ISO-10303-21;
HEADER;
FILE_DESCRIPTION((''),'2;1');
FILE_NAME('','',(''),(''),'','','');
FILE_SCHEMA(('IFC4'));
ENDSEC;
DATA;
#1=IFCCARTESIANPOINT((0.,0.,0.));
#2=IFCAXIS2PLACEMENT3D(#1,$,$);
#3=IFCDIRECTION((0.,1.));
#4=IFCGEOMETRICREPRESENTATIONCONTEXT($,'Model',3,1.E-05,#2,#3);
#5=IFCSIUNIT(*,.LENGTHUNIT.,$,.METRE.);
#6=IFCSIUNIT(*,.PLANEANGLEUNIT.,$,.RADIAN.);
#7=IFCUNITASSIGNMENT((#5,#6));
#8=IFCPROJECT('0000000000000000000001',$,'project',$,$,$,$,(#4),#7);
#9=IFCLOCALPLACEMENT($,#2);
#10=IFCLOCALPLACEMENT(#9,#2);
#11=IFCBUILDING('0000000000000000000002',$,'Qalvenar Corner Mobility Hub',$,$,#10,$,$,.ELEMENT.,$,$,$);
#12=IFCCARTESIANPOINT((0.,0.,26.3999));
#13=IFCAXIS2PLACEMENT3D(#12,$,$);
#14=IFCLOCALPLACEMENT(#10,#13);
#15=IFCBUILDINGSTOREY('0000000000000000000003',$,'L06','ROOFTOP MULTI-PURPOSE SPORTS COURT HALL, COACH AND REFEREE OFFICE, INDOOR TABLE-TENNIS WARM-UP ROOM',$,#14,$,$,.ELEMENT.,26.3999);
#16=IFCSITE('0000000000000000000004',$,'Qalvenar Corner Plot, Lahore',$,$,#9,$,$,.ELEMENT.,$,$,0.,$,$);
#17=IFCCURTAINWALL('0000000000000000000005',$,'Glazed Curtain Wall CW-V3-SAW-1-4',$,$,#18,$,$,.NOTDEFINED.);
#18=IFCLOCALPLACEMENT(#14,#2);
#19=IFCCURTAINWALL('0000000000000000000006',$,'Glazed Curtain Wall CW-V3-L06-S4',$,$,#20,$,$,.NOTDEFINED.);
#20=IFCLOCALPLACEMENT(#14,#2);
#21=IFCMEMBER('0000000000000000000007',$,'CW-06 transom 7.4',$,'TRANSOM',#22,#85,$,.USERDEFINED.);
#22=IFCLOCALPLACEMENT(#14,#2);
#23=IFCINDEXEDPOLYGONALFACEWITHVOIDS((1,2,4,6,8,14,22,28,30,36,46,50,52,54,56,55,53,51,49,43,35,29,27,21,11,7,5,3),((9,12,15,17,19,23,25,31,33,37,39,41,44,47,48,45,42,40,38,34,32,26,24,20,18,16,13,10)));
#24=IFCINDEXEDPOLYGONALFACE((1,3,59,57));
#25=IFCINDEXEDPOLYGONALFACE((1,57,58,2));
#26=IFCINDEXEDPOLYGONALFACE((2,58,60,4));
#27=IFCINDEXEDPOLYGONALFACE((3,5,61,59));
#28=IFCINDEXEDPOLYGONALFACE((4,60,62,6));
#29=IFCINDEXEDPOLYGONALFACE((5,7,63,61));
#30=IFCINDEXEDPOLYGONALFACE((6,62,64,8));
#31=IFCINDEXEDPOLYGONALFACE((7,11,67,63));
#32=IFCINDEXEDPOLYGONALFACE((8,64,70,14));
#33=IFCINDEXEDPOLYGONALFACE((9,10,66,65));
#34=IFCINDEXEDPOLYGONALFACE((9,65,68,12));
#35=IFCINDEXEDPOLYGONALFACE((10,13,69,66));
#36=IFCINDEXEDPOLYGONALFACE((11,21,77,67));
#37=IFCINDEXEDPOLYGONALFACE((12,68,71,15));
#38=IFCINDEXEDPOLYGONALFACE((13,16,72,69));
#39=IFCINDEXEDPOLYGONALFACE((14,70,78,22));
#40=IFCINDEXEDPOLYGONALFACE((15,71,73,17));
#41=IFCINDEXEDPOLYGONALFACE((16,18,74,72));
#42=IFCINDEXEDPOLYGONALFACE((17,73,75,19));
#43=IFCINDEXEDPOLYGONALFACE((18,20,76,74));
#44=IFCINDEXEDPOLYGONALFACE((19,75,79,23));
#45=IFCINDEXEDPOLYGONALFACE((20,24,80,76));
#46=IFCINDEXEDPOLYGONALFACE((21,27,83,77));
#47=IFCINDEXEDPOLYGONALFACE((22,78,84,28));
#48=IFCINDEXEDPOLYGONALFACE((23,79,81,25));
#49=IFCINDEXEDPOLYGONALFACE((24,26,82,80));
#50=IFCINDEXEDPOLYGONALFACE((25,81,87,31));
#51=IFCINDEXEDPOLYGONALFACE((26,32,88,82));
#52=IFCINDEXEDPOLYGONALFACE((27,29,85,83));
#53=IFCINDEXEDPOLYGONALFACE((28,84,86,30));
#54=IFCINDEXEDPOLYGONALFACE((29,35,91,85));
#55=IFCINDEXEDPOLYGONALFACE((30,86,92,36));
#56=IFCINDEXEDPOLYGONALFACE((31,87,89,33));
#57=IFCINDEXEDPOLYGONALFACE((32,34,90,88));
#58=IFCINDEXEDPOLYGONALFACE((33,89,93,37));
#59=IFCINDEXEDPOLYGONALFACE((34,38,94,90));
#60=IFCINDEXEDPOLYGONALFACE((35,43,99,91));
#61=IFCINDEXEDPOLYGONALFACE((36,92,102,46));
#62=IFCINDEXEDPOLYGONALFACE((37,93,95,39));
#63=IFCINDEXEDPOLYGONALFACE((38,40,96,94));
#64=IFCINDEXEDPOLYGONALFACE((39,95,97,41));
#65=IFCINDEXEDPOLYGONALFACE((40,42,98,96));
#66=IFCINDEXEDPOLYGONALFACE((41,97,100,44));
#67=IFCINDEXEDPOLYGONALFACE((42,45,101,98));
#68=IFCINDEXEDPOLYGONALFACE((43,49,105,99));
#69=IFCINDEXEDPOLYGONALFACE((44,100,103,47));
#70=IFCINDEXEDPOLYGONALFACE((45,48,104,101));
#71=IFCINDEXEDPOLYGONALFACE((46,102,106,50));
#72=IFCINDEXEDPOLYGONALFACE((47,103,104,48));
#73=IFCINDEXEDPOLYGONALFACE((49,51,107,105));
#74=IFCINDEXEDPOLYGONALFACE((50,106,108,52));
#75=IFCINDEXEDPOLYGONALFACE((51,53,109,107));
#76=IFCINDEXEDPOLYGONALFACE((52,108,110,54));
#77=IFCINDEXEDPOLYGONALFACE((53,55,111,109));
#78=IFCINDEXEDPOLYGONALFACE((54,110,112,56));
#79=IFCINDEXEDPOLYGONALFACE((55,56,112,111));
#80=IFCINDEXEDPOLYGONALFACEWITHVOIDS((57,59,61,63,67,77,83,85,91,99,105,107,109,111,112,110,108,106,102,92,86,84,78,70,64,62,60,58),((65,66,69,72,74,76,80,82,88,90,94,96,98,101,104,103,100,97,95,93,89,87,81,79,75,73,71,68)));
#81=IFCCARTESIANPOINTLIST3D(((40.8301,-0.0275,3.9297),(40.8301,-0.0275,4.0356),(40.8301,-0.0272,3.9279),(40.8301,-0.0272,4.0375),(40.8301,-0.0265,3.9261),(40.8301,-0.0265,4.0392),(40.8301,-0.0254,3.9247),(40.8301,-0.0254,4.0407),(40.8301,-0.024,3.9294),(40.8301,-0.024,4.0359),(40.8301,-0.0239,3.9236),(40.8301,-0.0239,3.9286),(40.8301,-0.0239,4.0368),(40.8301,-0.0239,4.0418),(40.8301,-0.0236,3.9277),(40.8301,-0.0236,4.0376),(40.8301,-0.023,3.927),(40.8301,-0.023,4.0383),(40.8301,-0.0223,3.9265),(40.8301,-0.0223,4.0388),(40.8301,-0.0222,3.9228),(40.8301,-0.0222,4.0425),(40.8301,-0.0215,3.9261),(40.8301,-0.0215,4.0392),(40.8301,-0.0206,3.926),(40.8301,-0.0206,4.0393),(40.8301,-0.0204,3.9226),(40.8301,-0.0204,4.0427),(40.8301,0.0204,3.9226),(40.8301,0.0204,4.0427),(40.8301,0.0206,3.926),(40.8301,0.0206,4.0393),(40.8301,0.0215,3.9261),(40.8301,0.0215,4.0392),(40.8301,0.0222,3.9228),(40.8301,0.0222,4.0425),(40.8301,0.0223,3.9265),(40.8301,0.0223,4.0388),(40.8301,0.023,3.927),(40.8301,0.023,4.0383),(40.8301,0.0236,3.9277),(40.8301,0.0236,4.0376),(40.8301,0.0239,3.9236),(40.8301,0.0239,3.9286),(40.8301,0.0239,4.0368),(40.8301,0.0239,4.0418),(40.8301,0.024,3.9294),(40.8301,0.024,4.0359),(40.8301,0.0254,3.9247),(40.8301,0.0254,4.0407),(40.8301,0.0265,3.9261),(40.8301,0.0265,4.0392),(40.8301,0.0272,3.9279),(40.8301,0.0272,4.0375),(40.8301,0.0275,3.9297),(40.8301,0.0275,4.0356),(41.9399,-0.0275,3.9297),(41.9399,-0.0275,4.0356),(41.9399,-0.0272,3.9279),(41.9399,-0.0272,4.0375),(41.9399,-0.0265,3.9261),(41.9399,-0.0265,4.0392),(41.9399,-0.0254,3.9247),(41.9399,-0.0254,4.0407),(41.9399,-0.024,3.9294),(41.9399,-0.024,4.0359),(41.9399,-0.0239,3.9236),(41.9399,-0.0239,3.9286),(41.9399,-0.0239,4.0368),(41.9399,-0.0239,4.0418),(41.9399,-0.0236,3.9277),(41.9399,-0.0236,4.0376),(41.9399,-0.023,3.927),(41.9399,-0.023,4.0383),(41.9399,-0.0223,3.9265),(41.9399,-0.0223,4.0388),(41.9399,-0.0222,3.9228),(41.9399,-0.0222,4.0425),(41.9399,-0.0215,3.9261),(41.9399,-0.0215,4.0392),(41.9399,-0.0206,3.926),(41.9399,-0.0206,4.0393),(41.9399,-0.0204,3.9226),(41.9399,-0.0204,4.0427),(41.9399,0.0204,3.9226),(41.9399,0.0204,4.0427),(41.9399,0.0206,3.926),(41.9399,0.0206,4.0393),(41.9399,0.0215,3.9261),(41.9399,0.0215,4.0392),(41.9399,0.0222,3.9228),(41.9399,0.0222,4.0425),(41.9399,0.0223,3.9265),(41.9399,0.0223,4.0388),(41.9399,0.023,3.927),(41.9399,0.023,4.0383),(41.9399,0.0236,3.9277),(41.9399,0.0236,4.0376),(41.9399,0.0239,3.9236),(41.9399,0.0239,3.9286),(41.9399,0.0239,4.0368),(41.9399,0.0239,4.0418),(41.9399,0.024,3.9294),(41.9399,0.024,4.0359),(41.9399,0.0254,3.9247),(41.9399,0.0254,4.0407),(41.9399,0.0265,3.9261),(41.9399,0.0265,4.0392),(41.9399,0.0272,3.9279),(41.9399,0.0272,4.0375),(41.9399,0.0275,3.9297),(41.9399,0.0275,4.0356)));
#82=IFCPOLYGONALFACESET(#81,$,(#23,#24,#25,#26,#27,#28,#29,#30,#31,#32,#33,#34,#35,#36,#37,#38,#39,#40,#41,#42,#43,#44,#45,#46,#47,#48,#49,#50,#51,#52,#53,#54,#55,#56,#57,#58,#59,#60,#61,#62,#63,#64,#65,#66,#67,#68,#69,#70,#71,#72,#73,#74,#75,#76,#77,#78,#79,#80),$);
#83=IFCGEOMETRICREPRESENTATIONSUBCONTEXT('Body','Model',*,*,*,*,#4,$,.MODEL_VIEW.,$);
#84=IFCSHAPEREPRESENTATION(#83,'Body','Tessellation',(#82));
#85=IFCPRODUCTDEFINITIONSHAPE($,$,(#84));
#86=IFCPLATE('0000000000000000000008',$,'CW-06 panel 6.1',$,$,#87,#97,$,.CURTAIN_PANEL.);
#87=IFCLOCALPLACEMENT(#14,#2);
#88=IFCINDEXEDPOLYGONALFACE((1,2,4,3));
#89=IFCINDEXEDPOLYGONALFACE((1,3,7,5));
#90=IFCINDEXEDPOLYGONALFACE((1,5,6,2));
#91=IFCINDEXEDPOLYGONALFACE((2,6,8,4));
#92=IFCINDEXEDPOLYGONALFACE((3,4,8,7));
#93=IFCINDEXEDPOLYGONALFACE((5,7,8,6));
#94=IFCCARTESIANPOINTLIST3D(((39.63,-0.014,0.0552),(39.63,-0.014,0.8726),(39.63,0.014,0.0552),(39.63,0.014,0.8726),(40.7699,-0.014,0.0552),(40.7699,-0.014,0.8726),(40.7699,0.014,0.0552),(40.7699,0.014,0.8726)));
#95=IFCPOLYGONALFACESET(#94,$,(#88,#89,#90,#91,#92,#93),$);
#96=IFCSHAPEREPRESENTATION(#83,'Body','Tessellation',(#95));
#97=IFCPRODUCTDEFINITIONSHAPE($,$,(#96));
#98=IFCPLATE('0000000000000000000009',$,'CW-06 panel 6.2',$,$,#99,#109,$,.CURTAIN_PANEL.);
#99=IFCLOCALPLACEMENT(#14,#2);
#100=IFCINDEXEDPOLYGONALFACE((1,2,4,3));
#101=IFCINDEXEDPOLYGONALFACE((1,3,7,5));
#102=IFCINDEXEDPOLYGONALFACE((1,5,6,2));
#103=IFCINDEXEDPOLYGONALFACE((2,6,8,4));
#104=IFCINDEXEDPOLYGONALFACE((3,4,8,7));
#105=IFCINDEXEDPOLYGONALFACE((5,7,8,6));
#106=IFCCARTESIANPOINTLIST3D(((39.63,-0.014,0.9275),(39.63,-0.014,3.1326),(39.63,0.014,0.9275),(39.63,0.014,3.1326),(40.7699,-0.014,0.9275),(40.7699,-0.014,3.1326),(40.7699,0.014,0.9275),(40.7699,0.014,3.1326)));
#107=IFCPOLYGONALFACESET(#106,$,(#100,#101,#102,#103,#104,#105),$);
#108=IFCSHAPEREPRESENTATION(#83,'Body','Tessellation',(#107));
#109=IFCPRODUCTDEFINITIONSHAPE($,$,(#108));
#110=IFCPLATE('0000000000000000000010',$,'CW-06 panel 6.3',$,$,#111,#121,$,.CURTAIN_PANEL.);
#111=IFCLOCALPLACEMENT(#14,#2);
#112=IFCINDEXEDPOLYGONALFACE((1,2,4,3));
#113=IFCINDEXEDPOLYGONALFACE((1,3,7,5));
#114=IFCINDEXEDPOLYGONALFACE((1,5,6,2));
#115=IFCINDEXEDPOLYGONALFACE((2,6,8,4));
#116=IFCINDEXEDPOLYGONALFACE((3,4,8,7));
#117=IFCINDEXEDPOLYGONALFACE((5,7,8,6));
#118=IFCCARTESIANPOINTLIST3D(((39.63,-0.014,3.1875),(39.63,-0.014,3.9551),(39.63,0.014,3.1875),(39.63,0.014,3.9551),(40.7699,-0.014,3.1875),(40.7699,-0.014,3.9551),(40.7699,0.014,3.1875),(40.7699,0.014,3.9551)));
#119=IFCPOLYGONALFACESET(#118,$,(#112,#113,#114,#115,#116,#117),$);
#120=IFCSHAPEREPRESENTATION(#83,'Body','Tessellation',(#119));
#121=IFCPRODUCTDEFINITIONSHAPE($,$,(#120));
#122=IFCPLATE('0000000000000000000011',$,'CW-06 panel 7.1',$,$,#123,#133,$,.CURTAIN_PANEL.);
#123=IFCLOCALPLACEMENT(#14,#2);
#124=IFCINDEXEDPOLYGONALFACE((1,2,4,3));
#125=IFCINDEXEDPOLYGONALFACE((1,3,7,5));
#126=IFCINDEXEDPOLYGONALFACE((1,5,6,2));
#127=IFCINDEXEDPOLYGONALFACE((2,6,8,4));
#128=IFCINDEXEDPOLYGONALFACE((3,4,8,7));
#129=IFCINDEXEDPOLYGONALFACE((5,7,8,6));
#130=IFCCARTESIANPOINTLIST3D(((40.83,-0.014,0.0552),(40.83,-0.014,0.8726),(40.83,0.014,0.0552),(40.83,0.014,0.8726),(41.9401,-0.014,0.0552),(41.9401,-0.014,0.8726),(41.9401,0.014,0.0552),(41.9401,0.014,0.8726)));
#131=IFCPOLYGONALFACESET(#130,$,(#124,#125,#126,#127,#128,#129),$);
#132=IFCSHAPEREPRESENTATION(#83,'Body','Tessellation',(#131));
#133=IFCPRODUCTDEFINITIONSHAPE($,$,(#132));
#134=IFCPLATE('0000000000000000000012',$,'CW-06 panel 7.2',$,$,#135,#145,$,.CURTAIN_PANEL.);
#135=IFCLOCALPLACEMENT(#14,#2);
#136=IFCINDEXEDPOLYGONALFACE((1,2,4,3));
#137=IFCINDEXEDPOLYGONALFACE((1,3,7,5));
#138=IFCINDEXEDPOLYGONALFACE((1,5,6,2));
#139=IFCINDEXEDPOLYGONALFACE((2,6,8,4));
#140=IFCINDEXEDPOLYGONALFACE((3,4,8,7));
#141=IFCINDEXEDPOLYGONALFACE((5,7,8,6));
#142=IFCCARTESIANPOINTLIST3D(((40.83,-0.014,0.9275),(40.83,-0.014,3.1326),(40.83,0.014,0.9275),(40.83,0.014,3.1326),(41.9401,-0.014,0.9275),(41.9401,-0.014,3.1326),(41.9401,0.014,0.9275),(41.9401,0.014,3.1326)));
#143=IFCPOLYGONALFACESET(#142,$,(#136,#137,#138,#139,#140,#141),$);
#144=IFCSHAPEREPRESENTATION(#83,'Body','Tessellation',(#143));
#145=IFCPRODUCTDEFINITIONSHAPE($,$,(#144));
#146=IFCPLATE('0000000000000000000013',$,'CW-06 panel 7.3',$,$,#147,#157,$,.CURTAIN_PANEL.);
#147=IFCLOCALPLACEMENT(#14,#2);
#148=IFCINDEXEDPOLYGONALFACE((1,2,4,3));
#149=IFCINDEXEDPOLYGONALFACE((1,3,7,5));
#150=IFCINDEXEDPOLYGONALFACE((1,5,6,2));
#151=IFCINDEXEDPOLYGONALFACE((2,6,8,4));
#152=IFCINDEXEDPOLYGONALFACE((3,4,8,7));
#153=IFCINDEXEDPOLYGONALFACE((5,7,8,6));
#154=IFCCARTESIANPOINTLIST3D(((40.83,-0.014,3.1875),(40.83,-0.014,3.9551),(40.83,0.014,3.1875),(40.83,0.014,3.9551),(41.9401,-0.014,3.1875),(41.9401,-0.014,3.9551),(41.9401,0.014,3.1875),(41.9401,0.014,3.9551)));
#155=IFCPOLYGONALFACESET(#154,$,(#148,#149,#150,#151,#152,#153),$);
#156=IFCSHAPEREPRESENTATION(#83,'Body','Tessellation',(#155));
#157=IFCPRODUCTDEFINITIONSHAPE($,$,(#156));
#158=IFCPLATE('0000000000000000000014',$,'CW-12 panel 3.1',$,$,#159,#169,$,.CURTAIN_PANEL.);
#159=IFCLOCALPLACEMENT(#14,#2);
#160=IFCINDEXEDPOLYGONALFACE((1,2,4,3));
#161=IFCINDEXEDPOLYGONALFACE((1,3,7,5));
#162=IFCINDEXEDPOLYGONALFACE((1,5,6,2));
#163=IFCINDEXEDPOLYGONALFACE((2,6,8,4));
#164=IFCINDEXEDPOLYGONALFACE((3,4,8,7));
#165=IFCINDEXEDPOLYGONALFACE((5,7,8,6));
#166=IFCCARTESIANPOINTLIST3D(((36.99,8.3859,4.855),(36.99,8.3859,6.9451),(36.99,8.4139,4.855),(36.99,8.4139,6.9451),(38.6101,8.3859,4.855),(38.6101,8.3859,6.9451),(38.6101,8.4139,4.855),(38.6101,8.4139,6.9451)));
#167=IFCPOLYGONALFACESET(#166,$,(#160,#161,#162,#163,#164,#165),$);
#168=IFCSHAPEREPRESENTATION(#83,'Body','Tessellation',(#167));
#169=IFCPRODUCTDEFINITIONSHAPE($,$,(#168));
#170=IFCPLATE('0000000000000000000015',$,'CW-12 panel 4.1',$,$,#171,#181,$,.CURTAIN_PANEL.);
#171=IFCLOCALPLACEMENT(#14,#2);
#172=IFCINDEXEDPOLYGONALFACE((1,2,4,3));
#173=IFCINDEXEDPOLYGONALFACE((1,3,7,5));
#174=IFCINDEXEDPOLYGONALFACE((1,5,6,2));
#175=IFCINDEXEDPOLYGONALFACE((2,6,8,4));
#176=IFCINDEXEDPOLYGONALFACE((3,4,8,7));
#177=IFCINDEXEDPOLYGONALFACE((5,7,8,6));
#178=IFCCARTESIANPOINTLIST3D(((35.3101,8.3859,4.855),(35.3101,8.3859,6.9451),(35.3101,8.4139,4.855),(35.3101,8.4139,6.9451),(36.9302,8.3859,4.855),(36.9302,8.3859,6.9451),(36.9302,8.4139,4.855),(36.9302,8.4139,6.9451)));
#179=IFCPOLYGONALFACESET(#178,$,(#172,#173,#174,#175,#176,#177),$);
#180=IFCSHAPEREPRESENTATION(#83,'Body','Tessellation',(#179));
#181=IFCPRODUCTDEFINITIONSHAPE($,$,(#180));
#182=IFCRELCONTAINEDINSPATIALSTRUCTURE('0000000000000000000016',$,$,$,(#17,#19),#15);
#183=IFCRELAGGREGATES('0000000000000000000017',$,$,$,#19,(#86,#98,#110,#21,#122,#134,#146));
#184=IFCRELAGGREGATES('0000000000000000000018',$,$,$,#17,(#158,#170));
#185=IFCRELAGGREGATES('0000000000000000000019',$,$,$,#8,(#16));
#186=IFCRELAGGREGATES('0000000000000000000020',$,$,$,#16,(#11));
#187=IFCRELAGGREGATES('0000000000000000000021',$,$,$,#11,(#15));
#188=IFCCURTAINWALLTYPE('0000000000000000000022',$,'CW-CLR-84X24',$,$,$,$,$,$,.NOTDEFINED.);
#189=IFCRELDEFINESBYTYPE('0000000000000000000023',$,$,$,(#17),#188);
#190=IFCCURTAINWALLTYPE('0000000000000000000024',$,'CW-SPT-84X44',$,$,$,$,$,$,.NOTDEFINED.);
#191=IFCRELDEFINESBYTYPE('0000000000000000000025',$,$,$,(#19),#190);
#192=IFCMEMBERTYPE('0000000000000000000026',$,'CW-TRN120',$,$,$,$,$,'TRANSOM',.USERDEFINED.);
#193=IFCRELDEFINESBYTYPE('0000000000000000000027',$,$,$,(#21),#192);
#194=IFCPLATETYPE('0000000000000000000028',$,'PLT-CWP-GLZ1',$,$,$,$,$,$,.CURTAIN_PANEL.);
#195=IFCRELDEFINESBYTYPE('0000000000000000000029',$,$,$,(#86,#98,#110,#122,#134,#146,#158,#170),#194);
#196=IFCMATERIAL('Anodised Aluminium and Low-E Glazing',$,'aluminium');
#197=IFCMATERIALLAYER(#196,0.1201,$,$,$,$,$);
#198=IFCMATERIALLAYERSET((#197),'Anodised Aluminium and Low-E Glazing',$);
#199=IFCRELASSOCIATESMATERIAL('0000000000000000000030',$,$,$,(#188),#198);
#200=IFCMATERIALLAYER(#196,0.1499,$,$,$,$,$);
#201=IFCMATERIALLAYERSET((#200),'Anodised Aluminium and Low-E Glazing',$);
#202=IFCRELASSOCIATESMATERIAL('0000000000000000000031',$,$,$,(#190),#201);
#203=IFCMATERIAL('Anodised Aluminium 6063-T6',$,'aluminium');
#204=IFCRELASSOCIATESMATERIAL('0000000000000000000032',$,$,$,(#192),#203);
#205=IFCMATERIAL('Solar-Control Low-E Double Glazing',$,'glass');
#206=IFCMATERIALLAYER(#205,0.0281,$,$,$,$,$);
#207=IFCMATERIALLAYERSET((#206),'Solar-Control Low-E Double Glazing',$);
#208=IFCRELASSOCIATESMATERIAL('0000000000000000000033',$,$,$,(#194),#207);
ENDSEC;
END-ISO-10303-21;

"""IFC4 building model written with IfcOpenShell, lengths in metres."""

from ifc_helpers import new_model, si_unit, direction, frame, origin, origin_2d, place, context, subcontext, project, spatial, rectangle, hollow_rectangle, extrude, material, layer, layer_set, material_profile, profile_set, type_object, element, aggregate, save


model = new_model("IFC4")

# Units and contexts
model_context = context("Model", 3, precision=1e-05, world=origin(), true_north=direction((0.0, 1.0)))
body_context = subcontext(model_context, "Body", "Model", "MODEL_VIEW")
ifc_project = project(units=[si_unit("LENGTHUNIT", "METRE"), si_unit("PLANEANGLEUNIT", "RADIAN")], contexts=[model_context])

# Site, building, storey
site_placement = place(None, origin())
site = spatial("IfcSite", under=ifc_project, at=site_placement, Name="Qalvenar Corner Plot, Lahore", CompositionType="ELEMENT", RefElevation=0.0)
building_placement = place(site_placement, origin())
building = spatial("IfcBuilding", under=site, at=building_placement, Name="Qalvenar Corner Mobility Hub", CompositionType="ELEMENT")
storey_placement = place(building_placement, frame((0.0, 0.0, 26.3999)))
storey = spatial("IfcBuildingStorey", under=building, at=storey_placement, Name="L06", Description="ROOFTOP MULTI-PURPOSE SPORTS COURT HALL, COACH AND REFEREE OFFICE, INDOOR TABLE-TENNIS WARM-UP ROOM", CompositionType="ELEMENT", Elevation=26.3999)

# Curtain walls
ifc_material_1 = material(Name="Anodised Aluminium and Low-E Glazing", Category="aluminium")
ifc_layer_1 = layer(ifc_material_1, 0.1201)
ifc_layer_set_1 = layer_set([ifc_layer_1], Name="Anodised Aluminium and Low-E Glazing")
curtain_wall_type_1 = type_object("IfcCurtainWallType", Name="CW-CLR-84X24", PredefinedType="NOTDEFINED", material=ifc_layer_set_1)
curtain_wall_1_placement = place(storey_placement, origin())
curtain_wall_1 = element("IfcCurtainWall", 1, at=curtain_wall_1_placement, inside=storey, type_object=curtain_wall_type_1, Name="Glazed Curtain Wall CW-V3-SAW-1-4", PredefinedType="NOTDEFINED")
ifc_material_2 = material(Name="Anodised Aluminium 6063-T6", Category="aluminium")
ifc_layer_2 = layer(ifc_material_1, 0.1499)
ifc_layer_set_2 = layer_set([ifc_layer_2], Name="Anodised Aluminium and Low-E Glazing")
curtain_wall_type_2 = type_object("IfcCurtainWallType", Name="CW-SPT-84X44", PredefinedType="NOTDEFINED", material=ifc_layer_set_2)
curtain_wall_2_placement = place(storey_placement, origin())
curtain_wall_2 = element("IfcCurtainWall", 2, at=curtain_wall_2_placement, inside=storey, type_object=curtain_wall_type_2, Name="Glazed Curtain Wall CW-V3-L06-S4", PredefinedType="NOTDEFINED")

# Member
ifc_material_profile_1 = material_profile(ifc_material_2, hollow_rectangle(XDim=0.0549, YDim=0.1201, WallThickness=0.0034, InnerFilletRadius=0.0034, OuterFilletRadius=0.0071, at=origin_2d()), Name="RHS120x55x3.5")
ifc_profile_set_1 = profile_set([ifc_material_profile_1], Name="Anodised Aluminium 6063-T6")
member_type_1 = type_object("IfcMemberType", Name="CW-TRN120", ElementType="TRANSOM", PredefinedType="USERDEFINED", material=ifc_profile_set_1)
member_1_placement = place(storey_placement, frame((40.8301, 0.0, 3.9827), z_axis=(1.0, 0.0, 0.0), x_axis=(0.0, 1.0, 0.0)))
member_1 = element("IfcMember", 3, at=member_1_placement, type_object=member_type_1, Name="CW-06 transom 7.4", ObjectType="TRANSOM", PredefinedType="USERDEFINED", context=body_context, shape_type="SweptSolid", body=[
    extrude(hollow_rectangle(XDim=0.0549, YDim=0.1201, WallThickness=0.0034, InnerFilletRadius=0.0034, OuterFilletRadius=0.0071, at=origin_2d()), origin(), (0.0, 0.0, 1.0), 1.1099),
])

# Plates
ifc_material_3 = material(Name="Solar-Control Low-E Double Glazing", Category="glass")
ifc_layer_3 = layer(ifc_material_3, 0.0281)
ifc_layer_set_3 = layer_set([ifc_layer_3], Name="Solar-Control Low-E Double Glazing")
plate_type = type_object("IfcPlateType", Name="PLT-CWP-GLZ1", PredefinedType="CURTAIN_PANEL", material=ifc_layer_set_3)
plate_1_placement = place(storey_placement, frame((40.2, 0.0, 0.0552), z_axis=(0.0, 0.0, 1.0), x_axis=(1.0, 0.0, 0.0)))
plate_1 = element("IfcPlate", 4, at=plate_1_placement, type_object=plate_type, Name="CW-06 panel 6.1", PredefinedType="CURTAIN_PANEL", context=body_context, shape_type="SweptSolid", body=[
    extrude(rectangle(XDim=1.1399, YDim=0.0281, at=origin_2d()), origin(), (0.0, 0.0, 1.0), 0.8174),
])
plate_2_placement = place(storey_placement, frame((40.2, 0.0, 0.9275), z_axis=(0.0, 0.0, 1.0), x_axis=(1.0, 0.0, 0.0)))
plate_2 = element("IfcPlate", 5, at=plate_2_placement, type_object=plate_type, Name="CW-06 panel 6.2", PredefinedType="CURTAIN_PANEL", context=body_context, shape_type="SweptSolid", body=[
    extrude(rectangle(XDim=1.1399, YDim=0.0281, at=origin_2d()), origin(), (0.0, 0.0, 1.0), 2.2051),
])
plate_3_placement = place(storey_placement, frame((40.2, 0.0, 3.1875), z_axis=(0.0, 0.0, 1.0), x_axis=(1.0, 0.0, 0.0)))
plate_3 = element("IfcPlate", 6, at=plate_3_placement, type_object=plate_type, Name="CW-06 panel 6.3", PredefinedType="CURTAIN_PANEL", context=body_context, shape_type="SweptSolid", body=[
    extrude(rectangle(XDim=1.1399, YDim=0.0281, at=origin_2d()), origin(), (0.0, 0.0, 1.0), 0.7676),
])
plate_4_placement = place(storey_placement, frame((41.385, 0.0, 0.0552), z_axis=(0.0, 0.0, 1.0), x_axis=(1.0, 0.0, 0.0)))
plate_4 = element("IfcPlate", 7, at=plate_4_placement, type_object=plate_type, Name="CW-06 panel 7.1", PredefinedType="CURTAIN_PANEL", context=body_context, shape_type="SweptSolid", body=[
    extrude(rectangle(XDim=1.1101, YDim=0.0281, at=origin_2d()), origin(), (0.0, 0.0, 1.0), 0.8174),
])
plate_5_placement = place(storey_placement, frame((41.385, 0.0, 0.9275), z_axis=(0.0, 0.0, 1.0), x_axis=(1.0, 0.0, 0.0)))
plate_5 = element("IfcPlate", 8, at=plate_5_placement, type_object=plate_type, Name="CW-06 panel 7.2", PredefinedType="CURTAIN_PANEL", context=body_context, shape_type="SweptSolid", body=[
    extrude(rectangle(XDim=1.1101, YDim=0.0281, at=origin_2d()), origin(), (0.0, 0.0, 1.0), 2.2051),
])
plate_6_placement = place(storey_placement, frame((41.385, 0.0, 3.1875), z_axis=(0.0, 0.0, 1.0), x_axis=(1.0, 0.0, 0.0)))
plate_6 = element("IfcPlate", 9, at=plate_6_placement, type_object=plate_type, Name="CW-06 panel 7.3", PredefinedType="CURTAIN_PANEL", context=body_context, shape_type="SweptSolid", body=[
    extrude(rectangle(XDim=1.1101, YDim=0.0281, at=origin_2d()), origin(), (0.0, 0.0, 1.0), 0.7676),
])
aggregate(curtain_wall_2, [plate_1, plate_2, plate_3, member_1, plate_4, plate_5, plate_6])
plate_7_placement = place(storey_placement, frame((37.8, 8.3999, 4.855), z_axis=(0.0, 0.0, 1.0), x_axis=(-1.0, 0.0, 0.0)))
plate_7 = element("IfcPlate", 10, at=plate_7_placement, type_object=plate_type, Name="CW-12 panel 3.1", PredefinedType="CURTAIN_PANEL", context=body_context, shape_type="SweptSolid", body=[
    extrude(rectangle(XDim=1.6201, YDim=0.0281, at=origin_2d()), origin(), (0.0, 0.0, 1.0), 2.0901),
])
plate_8_placement = place(storey_placement, frame((36.1201, 8.3999, 4.855), z_axis=(0.0, 0.0, 1.0), x_axis=(-1.0, 0.0, 0.0)))
plate_8 = element("IfcPlate", 11, at=plate_8_placement, type_object=plate_type, Name="CW-12 panel 4.1", PredefinedType="CURTAIN_PANEL", context=body_context, shape_type="SweptSolid", body=[
    extrude(rectangle(XDim=1.6201, YDim=0.0281, at=origin_2d()), origin(), (0.0, 0.0, 1.0), 2.0901),
])
aggregate(curtain_wall_1, [plate_7, plate_8])

save(model, "model.ifc")
